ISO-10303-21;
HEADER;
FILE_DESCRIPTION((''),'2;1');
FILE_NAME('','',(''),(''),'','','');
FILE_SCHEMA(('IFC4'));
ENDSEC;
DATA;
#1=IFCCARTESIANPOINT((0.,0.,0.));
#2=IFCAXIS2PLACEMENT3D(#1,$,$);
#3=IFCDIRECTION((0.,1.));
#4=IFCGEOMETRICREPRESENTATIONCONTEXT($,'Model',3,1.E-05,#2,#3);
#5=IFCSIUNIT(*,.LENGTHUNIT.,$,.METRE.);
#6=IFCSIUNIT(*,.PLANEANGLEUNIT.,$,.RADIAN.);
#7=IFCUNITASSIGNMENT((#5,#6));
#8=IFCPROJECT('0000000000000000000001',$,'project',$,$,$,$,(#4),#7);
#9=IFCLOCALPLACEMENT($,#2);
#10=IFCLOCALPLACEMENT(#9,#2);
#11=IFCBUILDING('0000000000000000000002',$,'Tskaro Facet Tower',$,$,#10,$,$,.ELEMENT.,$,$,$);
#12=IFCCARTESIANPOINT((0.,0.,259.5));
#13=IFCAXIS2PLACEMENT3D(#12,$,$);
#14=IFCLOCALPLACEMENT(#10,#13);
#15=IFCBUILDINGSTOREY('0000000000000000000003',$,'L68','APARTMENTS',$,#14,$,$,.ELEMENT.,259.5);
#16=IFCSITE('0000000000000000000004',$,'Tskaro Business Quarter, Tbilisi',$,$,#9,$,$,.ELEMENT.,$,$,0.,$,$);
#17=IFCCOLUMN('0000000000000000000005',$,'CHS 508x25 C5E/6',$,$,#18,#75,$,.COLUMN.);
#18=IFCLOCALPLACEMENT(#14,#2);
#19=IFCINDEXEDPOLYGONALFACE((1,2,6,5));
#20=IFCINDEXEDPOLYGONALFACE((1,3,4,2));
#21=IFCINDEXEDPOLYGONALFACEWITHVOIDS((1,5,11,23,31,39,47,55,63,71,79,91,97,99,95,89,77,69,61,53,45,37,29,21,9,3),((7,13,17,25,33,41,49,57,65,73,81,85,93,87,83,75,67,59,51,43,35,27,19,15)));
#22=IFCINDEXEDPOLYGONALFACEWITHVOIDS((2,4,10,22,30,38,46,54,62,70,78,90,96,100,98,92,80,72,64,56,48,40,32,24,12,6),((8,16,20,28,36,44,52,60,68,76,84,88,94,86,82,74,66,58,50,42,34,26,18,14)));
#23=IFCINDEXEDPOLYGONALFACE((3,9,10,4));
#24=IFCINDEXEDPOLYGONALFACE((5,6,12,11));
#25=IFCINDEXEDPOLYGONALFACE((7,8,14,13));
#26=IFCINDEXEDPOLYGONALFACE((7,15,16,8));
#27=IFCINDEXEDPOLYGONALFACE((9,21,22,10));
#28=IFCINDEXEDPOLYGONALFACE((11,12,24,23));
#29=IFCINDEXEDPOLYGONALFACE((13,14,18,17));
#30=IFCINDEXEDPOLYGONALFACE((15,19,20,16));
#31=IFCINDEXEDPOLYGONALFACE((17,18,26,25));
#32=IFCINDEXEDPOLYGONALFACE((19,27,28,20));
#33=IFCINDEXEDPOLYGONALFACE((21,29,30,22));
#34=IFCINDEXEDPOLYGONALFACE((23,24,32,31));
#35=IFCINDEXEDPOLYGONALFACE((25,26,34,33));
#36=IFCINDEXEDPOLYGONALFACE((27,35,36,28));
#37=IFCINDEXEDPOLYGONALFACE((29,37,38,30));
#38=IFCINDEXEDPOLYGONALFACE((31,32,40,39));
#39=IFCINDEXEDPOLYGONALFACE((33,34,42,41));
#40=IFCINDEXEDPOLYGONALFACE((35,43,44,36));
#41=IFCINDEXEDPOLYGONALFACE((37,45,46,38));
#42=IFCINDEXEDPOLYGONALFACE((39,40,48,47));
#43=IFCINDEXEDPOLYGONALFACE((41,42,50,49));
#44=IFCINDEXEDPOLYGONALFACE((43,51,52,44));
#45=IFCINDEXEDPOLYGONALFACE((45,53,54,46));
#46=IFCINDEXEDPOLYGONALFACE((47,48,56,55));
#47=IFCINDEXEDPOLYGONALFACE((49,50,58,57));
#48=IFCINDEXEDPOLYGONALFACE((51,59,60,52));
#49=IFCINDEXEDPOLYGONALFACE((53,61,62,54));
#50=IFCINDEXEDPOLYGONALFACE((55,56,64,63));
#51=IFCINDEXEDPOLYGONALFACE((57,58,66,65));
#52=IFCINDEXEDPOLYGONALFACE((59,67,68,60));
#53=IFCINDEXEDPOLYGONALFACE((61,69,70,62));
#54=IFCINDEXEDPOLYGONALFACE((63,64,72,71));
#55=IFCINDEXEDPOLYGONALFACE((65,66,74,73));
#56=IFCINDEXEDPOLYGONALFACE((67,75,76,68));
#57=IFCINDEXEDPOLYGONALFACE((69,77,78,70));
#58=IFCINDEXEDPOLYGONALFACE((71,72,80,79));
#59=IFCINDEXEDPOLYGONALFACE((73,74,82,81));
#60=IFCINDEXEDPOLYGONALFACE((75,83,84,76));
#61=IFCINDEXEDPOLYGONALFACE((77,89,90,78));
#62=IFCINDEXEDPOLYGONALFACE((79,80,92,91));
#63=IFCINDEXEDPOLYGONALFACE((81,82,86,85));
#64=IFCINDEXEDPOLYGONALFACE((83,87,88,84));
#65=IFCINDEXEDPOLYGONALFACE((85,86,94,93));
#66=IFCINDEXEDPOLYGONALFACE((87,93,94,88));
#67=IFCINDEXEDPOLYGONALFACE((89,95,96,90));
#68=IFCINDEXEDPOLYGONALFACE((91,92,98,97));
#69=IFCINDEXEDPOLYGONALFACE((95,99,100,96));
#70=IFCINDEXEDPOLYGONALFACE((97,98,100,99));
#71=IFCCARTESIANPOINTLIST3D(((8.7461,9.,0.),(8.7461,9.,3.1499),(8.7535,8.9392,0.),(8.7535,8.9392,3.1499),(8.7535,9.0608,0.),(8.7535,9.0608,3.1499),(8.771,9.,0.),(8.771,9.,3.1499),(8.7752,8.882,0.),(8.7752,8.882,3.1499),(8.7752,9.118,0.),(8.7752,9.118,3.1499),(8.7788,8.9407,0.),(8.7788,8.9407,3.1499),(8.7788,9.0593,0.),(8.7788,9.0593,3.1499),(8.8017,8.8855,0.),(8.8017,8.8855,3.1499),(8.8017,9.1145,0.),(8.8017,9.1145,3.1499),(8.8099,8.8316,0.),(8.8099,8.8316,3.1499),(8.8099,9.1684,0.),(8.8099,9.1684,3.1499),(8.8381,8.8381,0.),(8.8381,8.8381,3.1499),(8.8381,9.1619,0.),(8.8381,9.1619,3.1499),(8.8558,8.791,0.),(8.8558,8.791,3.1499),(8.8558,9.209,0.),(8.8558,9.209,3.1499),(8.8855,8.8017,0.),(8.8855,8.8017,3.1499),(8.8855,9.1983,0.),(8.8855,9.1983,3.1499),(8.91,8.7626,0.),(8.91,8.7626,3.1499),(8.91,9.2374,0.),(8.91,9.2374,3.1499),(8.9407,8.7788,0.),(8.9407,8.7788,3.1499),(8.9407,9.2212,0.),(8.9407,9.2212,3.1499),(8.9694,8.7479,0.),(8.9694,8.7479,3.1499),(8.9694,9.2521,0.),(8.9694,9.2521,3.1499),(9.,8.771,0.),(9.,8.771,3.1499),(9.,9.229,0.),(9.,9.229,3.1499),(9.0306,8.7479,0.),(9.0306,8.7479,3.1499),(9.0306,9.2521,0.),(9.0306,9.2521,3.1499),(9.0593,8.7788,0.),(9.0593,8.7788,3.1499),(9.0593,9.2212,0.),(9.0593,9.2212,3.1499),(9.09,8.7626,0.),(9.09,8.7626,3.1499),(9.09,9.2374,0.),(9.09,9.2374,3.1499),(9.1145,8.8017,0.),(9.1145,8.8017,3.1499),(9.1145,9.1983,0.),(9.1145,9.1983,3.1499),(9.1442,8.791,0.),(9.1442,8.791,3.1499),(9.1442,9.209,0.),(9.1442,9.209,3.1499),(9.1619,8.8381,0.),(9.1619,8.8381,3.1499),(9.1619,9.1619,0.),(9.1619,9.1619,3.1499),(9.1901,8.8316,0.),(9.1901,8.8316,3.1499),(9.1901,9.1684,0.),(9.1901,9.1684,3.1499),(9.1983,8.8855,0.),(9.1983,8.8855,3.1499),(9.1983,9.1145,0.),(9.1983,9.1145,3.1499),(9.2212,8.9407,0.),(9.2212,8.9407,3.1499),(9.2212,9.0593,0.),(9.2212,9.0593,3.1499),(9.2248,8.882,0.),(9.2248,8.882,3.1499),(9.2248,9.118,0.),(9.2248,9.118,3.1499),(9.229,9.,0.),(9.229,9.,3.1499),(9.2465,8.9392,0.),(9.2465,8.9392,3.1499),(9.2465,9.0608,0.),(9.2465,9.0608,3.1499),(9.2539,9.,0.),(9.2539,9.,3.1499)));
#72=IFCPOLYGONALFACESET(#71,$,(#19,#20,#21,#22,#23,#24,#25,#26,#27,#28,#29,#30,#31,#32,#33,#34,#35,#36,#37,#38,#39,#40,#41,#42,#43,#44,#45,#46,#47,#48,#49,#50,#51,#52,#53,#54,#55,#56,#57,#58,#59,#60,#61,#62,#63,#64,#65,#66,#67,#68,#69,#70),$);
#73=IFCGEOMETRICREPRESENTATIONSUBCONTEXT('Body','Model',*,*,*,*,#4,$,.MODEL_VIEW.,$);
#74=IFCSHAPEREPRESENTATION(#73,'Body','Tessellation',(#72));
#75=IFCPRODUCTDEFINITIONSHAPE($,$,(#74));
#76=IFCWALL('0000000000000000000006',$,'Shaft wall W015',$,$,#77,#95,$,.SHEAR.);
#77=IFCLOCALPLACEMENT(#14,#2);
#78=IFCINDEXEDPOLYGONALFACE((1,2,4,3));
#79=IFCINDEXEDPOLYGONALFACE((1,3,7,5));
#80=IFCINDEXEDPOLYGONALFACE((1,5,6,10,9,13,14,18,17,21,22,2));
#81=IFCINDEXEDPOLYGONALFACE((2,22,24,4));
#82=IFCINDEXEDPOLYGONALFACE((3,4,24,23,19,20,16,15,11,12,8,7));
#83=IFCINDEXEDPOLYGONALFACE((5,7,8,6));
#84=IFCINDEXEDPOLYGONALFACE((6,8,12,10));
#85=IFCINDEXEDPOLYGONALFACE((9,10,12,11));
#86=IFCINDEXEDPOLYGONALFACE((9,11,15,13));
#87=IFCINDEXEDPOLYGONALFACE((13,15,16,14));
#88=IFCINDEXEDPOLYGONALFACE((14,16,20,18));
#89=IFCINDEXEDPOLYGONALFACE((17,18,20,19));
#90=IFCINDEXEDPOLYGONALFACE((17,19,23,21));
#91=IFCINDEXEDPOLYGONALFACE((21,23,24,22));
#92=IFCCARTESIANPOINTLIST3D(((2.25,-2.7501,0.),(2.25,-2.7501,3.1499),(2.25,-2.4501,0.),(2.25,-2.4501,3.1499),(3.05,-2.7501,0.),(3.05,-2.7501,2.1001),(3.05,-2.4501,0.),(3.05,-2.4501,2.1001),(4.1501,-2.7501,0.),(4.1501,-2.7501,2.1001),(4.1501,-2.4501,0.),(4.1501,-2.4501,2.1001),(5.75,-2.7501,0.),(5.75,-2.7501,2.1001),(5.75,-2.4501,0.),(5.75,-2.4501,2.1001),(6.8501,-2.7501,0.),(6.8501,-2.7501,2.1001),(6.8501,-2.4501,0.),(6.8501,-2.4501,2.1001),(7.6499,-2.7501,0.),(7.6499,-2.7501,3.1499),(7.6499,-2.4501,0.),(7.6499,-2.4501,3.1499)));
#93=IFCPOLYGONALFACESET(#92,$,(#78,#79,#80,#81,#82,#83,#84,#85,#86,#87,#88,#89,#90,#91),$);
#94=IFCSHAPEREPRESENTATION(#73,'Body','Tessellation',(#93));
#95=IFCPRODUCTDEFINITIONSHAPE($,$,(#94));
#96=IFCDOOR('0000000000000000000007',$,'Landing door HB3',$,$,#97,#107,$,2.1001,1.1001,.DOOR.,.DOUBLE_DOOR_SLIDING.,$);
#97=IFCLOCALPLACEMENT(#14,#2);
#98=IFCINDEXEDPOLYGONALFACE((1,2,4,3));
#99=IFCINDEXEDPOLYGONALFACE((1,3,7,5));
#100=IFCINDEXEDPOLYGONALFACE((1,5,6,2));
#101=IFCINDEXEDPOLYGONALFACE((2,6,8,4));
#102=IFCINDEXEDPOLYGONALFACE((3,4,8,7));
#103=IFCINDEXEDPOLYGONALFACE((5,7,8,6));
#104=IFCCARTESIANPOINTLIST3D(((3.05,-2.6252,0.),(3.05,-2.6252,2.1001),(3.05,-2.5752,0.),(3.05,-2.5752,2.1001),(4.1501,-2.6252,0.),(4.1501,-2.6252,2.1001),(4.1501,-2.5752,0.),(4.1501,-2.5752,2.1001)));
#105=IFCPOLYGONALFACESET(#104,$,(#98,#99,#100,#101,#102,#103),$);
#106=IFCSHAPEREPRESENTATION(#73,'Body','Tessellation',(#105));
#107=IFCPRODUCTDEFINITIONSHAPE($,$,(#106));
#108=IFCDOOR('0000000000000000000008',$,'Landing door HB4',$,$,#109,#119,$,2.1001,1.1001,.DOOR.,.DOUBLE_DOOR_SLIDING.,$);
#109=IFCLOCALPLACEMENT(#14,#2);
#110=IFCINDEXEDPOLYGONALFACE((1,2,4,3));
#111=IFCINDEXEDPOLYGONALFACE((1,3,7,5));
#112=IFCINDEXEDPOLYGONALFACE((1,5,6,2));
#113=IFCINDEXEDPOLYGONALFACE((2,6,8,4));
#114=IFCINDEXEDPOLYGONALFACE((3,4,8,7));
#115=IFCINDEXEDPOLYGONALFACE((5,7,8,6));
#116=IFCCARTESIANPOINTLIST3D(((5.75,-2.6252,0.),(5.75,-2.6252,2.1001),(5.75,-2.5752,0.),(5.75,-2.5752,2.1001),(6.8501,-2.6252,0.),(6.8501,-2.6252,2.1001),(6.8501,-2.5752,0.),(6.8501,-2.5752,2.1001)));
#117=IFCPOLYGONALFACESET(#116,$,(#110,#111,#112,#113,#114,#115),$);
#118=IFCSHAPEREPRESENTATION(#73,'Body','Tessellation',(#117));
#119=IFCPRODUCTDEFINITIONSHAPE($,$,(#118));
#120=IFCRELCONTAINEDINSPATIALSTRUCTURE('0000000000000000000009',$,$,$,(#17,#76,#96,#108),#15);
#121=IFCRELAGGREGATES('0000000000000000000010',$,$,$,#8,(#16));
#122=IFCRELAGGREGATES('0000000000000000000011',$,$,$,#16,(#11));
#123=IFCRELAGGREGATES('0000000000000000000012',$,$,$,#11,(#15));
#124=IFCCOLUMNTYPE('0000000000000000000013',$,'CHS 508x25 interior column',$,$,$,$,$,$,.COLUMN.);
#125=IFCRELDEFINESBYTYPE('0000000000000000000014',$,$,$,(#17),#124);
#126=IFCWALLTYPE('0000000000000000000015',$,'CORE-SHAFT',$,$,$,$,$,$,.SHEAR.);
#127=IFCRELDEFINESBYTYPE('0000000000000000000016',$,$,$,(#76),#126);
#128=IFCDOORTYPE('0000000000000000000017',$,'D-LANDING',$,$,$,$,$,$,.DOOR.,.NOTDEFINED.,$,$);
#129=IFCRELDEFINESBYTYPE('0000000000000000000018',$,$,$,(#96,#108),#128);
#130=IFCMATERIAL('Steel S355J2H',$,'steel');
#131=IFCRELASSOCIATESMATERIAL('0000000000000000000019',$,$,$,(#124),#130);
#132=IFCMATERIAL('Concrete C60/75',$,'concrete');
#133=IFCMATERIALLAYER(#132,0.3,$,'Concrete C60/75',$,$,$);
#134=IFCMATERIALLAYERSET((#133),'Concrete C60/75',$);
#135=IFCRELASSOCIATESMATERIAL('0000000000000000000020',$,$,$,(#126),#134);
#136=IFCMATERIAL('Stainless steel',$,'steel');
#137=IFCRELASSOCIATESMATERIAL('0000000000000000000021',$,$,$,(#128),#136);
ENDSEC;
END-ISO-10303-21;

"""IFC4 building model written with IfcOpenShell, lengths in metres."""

from ifc_helpers import new_model, si_unit, direction, frame, frame_2d, origin, origin_2d, place, context, subcontext, project, spatial, rectangle, hollow_circle, extrude, material, layer, layer_set, material_profile, profile_set, type_object, element, fill, save


model = new_model("IFC4")

# Units and contexts
model_context = context("Model", 3, precision=1e-05, world=origin(), true_north=direction((0.0, 1.0)))
body_context = subcontext(model_context, "Body", "Model", "MODEL_VIEW")
ifc_project = project(units=[si_unit("LENGTHUNIT", "METRE"), si_unit("PLANEANGLEUNIT", "RADIAN")], contexts=[model_context])

# Site, building, storey
site_placement = place(None, origin())
site = spatial("IfcSite", under=ifc_project, at=site_placement, Name="Tskaro Business Quarter, Tbilisi", CompositionType="ELEMENT", RefElevation=0.0)
building_placement = place(site_placement, origin())
building = spatial("IfcBuilding", under=site, at=building_placement, Name="Tskaro Facet Tower", CompositionType="ELEMENT")
storey_placement = place(building_placement, frame((0.0, 0.0, 259.5)))
storey = spatial("IfcBuildingStorey", under=building, at=storey_placement, Name="L68", Description="APARTMENTS", CompositionType="ELEMENT", Elevation=259.5)

# Column
ifc_material_1 = material(Name="Steel S355J2H", Category="steel")
ifc_material_profile = material_profile(ifc_material_1, hollow_circle(Radius=0.2539, WallThickness=0.0249, at=origin_2d()), Name="CHS 508x25")
ifc_profile_set = profile_set([ifc_material_profile], Name="Steel S355J2H")
column_type = type_object("IfcColumnType", Name="CHS 508x25 interior column", PredefinedType="COLUMN", material=ifc_profile_set)
column_placement = place(storey_placement, frame((9.0, 9.0, 0.0), z_axis=(0.0, 0.0, 1.0), x_axis=(1.0, 0.0, 0.0)))
element("IfcColumn", 1, at=column_placement, inside=storey, type_object=column_type, Name="CHS 508x25 C5E/6", PredefinedType="COLUMN", context=body_context, shape_type="SweptSolid", body=[
    extrude(hollow_circle(Radius=0.2539, WallThickness=0.0249, at=origin_2d()), origin(), (0.0, 0.0, 1.0), 3.1499),
])

# Wall, openings, doors
ifc_material_2 = material(Name="Concrete C60/75", Category="concrete")
ifc_layer_1 = layer(ifc_material_2, 0.3, Name="Concrete C60/75")
ifc_layer_set_1 = layer_set([ifc_layer_1], Name="Concrete C60/75")
wall_type_1 = type_object("IfcWallType", Name="CORE-SHAFT", PredefinedType="SHEAR", material=ifc_layer_set_1)
wall_1_placement = place(storey_placement, frame((2.25, -2.6001, 0.0), z_axis=(0.0, 0.0, 1.0), x_axis=(1.0, 0.0, 0.0)))
wall_1 = element("IfcWall", 2, at=wall_1_placement, inside=storey, type_object=wall_type_1, Name="Shaft wall W015", PredefinedType="SHEAR", context=body_context, shape_type="SweptSolid", body=[
    extrude(rectangle(XDim=5.3999, YDim=0.3, at=frame_2d((2.7, 0.0))), origin(), (0.0, 0.0, 1.0), 3.1499),
])
opening_1_placement = place(wall_1_placement, frame((0.8, 0.0, 0.0)))
opening_1 = element("IfcOpeningElement", 3, at=opening_1_placement, cuts=wall_1, PredefinedType="OPENING", context=body_context, shape_type="SweptSolid", body=[
    extrude(rectangle(XDim=1.1001, YDim=2.1001, at=frame_2d((0.55, 1.05))), frame((0.0, 0.1599, 0.0), z_axis=(0.0, -1.0, 0.0), x_axis=(1.0, 0.0, 0.0)), (0.0, 0.0, 1.0), 0.3201),
])
opening_2_placement = place(wall_1_placement, frame((3.5, 0.0, 0.0)))
opening_2 = element("IfcOpeningElement", 4, at=opening_2_placement, cuts=wall_1, PredefinedType="OPENING", context=body_context, shape_type="SweptSolid", body=[
    extrude(rectangle(XDim=1.1001, YDim=2.1001, at=frame_2d((0.55, 1.05))), frame((0.0, 0.1599, 0.0), z_axis=(0.0, -1.0, 0.0), x_axis=(1.0, 0.0, 0.0)), (0.0, 0.0, 1.0), 0.3201),
])
ifc_material_3 = material(Name="Stainless steel", Category="steel")
door_type_1 = type_object("IfcDoorType", Name="D-LANDING", OperationType="NOTDEFINED", PredefinedType="DOOR", material=ifc_material_3)
door_1_placement = place(opening_1_placement, origin())
door_1 = element("IfcDoor", 5, at=door_1_placement, inside=storey, type_object=door_type_1, Name="Landing door HB3", OperationType="DOUBLE_DOOR_SLIDING", OverallHeight=2.1001, OverallWidth=1.1001, PredefinedType="DOOR", context=body_context, shape_type="SweptSolid", body=[
    extrude(rectangle(XDim=1.1001, YDim=2.1001, at=frame_2d((0.55, 1.05))), frame((0.0, 0.0249, 0.0), z_axis=(0.0, -1.0, 0.0), x_axis=(1.0, 0.0, 0.0)), (0.0, 0.0, 1.0), 0.05),
])
fill(opening_1, door_1)
door_2_placement = place(opening_2_placement, origin())
door_2 = element("IfcDoor", 6, at=door_2_placement, inside=storey, type_object=door_type_1, Name="Landing door HB4", OperationType="DOUBLE_DOOR_SLIDING", OverallHeight=2.1001, OverallWidth=1.1001, PredefinedType="DOOR", context=body_context, shape_type="SweptSolid", body=[
    extrude(rectangle(XDim=1.1001, YDim=2.1001, at=frame_2d((0.55, 1.05))), frame((0.0, 0.0249, 0.0), z_axis=(0.0, -1.0, 0.0), x_axis=(1.0, 0.0, 0.0)), (0.0, 0.0, 1.0), 0.05),
])
fill(opening_2, door_2)

save(model, "model.ifc")
